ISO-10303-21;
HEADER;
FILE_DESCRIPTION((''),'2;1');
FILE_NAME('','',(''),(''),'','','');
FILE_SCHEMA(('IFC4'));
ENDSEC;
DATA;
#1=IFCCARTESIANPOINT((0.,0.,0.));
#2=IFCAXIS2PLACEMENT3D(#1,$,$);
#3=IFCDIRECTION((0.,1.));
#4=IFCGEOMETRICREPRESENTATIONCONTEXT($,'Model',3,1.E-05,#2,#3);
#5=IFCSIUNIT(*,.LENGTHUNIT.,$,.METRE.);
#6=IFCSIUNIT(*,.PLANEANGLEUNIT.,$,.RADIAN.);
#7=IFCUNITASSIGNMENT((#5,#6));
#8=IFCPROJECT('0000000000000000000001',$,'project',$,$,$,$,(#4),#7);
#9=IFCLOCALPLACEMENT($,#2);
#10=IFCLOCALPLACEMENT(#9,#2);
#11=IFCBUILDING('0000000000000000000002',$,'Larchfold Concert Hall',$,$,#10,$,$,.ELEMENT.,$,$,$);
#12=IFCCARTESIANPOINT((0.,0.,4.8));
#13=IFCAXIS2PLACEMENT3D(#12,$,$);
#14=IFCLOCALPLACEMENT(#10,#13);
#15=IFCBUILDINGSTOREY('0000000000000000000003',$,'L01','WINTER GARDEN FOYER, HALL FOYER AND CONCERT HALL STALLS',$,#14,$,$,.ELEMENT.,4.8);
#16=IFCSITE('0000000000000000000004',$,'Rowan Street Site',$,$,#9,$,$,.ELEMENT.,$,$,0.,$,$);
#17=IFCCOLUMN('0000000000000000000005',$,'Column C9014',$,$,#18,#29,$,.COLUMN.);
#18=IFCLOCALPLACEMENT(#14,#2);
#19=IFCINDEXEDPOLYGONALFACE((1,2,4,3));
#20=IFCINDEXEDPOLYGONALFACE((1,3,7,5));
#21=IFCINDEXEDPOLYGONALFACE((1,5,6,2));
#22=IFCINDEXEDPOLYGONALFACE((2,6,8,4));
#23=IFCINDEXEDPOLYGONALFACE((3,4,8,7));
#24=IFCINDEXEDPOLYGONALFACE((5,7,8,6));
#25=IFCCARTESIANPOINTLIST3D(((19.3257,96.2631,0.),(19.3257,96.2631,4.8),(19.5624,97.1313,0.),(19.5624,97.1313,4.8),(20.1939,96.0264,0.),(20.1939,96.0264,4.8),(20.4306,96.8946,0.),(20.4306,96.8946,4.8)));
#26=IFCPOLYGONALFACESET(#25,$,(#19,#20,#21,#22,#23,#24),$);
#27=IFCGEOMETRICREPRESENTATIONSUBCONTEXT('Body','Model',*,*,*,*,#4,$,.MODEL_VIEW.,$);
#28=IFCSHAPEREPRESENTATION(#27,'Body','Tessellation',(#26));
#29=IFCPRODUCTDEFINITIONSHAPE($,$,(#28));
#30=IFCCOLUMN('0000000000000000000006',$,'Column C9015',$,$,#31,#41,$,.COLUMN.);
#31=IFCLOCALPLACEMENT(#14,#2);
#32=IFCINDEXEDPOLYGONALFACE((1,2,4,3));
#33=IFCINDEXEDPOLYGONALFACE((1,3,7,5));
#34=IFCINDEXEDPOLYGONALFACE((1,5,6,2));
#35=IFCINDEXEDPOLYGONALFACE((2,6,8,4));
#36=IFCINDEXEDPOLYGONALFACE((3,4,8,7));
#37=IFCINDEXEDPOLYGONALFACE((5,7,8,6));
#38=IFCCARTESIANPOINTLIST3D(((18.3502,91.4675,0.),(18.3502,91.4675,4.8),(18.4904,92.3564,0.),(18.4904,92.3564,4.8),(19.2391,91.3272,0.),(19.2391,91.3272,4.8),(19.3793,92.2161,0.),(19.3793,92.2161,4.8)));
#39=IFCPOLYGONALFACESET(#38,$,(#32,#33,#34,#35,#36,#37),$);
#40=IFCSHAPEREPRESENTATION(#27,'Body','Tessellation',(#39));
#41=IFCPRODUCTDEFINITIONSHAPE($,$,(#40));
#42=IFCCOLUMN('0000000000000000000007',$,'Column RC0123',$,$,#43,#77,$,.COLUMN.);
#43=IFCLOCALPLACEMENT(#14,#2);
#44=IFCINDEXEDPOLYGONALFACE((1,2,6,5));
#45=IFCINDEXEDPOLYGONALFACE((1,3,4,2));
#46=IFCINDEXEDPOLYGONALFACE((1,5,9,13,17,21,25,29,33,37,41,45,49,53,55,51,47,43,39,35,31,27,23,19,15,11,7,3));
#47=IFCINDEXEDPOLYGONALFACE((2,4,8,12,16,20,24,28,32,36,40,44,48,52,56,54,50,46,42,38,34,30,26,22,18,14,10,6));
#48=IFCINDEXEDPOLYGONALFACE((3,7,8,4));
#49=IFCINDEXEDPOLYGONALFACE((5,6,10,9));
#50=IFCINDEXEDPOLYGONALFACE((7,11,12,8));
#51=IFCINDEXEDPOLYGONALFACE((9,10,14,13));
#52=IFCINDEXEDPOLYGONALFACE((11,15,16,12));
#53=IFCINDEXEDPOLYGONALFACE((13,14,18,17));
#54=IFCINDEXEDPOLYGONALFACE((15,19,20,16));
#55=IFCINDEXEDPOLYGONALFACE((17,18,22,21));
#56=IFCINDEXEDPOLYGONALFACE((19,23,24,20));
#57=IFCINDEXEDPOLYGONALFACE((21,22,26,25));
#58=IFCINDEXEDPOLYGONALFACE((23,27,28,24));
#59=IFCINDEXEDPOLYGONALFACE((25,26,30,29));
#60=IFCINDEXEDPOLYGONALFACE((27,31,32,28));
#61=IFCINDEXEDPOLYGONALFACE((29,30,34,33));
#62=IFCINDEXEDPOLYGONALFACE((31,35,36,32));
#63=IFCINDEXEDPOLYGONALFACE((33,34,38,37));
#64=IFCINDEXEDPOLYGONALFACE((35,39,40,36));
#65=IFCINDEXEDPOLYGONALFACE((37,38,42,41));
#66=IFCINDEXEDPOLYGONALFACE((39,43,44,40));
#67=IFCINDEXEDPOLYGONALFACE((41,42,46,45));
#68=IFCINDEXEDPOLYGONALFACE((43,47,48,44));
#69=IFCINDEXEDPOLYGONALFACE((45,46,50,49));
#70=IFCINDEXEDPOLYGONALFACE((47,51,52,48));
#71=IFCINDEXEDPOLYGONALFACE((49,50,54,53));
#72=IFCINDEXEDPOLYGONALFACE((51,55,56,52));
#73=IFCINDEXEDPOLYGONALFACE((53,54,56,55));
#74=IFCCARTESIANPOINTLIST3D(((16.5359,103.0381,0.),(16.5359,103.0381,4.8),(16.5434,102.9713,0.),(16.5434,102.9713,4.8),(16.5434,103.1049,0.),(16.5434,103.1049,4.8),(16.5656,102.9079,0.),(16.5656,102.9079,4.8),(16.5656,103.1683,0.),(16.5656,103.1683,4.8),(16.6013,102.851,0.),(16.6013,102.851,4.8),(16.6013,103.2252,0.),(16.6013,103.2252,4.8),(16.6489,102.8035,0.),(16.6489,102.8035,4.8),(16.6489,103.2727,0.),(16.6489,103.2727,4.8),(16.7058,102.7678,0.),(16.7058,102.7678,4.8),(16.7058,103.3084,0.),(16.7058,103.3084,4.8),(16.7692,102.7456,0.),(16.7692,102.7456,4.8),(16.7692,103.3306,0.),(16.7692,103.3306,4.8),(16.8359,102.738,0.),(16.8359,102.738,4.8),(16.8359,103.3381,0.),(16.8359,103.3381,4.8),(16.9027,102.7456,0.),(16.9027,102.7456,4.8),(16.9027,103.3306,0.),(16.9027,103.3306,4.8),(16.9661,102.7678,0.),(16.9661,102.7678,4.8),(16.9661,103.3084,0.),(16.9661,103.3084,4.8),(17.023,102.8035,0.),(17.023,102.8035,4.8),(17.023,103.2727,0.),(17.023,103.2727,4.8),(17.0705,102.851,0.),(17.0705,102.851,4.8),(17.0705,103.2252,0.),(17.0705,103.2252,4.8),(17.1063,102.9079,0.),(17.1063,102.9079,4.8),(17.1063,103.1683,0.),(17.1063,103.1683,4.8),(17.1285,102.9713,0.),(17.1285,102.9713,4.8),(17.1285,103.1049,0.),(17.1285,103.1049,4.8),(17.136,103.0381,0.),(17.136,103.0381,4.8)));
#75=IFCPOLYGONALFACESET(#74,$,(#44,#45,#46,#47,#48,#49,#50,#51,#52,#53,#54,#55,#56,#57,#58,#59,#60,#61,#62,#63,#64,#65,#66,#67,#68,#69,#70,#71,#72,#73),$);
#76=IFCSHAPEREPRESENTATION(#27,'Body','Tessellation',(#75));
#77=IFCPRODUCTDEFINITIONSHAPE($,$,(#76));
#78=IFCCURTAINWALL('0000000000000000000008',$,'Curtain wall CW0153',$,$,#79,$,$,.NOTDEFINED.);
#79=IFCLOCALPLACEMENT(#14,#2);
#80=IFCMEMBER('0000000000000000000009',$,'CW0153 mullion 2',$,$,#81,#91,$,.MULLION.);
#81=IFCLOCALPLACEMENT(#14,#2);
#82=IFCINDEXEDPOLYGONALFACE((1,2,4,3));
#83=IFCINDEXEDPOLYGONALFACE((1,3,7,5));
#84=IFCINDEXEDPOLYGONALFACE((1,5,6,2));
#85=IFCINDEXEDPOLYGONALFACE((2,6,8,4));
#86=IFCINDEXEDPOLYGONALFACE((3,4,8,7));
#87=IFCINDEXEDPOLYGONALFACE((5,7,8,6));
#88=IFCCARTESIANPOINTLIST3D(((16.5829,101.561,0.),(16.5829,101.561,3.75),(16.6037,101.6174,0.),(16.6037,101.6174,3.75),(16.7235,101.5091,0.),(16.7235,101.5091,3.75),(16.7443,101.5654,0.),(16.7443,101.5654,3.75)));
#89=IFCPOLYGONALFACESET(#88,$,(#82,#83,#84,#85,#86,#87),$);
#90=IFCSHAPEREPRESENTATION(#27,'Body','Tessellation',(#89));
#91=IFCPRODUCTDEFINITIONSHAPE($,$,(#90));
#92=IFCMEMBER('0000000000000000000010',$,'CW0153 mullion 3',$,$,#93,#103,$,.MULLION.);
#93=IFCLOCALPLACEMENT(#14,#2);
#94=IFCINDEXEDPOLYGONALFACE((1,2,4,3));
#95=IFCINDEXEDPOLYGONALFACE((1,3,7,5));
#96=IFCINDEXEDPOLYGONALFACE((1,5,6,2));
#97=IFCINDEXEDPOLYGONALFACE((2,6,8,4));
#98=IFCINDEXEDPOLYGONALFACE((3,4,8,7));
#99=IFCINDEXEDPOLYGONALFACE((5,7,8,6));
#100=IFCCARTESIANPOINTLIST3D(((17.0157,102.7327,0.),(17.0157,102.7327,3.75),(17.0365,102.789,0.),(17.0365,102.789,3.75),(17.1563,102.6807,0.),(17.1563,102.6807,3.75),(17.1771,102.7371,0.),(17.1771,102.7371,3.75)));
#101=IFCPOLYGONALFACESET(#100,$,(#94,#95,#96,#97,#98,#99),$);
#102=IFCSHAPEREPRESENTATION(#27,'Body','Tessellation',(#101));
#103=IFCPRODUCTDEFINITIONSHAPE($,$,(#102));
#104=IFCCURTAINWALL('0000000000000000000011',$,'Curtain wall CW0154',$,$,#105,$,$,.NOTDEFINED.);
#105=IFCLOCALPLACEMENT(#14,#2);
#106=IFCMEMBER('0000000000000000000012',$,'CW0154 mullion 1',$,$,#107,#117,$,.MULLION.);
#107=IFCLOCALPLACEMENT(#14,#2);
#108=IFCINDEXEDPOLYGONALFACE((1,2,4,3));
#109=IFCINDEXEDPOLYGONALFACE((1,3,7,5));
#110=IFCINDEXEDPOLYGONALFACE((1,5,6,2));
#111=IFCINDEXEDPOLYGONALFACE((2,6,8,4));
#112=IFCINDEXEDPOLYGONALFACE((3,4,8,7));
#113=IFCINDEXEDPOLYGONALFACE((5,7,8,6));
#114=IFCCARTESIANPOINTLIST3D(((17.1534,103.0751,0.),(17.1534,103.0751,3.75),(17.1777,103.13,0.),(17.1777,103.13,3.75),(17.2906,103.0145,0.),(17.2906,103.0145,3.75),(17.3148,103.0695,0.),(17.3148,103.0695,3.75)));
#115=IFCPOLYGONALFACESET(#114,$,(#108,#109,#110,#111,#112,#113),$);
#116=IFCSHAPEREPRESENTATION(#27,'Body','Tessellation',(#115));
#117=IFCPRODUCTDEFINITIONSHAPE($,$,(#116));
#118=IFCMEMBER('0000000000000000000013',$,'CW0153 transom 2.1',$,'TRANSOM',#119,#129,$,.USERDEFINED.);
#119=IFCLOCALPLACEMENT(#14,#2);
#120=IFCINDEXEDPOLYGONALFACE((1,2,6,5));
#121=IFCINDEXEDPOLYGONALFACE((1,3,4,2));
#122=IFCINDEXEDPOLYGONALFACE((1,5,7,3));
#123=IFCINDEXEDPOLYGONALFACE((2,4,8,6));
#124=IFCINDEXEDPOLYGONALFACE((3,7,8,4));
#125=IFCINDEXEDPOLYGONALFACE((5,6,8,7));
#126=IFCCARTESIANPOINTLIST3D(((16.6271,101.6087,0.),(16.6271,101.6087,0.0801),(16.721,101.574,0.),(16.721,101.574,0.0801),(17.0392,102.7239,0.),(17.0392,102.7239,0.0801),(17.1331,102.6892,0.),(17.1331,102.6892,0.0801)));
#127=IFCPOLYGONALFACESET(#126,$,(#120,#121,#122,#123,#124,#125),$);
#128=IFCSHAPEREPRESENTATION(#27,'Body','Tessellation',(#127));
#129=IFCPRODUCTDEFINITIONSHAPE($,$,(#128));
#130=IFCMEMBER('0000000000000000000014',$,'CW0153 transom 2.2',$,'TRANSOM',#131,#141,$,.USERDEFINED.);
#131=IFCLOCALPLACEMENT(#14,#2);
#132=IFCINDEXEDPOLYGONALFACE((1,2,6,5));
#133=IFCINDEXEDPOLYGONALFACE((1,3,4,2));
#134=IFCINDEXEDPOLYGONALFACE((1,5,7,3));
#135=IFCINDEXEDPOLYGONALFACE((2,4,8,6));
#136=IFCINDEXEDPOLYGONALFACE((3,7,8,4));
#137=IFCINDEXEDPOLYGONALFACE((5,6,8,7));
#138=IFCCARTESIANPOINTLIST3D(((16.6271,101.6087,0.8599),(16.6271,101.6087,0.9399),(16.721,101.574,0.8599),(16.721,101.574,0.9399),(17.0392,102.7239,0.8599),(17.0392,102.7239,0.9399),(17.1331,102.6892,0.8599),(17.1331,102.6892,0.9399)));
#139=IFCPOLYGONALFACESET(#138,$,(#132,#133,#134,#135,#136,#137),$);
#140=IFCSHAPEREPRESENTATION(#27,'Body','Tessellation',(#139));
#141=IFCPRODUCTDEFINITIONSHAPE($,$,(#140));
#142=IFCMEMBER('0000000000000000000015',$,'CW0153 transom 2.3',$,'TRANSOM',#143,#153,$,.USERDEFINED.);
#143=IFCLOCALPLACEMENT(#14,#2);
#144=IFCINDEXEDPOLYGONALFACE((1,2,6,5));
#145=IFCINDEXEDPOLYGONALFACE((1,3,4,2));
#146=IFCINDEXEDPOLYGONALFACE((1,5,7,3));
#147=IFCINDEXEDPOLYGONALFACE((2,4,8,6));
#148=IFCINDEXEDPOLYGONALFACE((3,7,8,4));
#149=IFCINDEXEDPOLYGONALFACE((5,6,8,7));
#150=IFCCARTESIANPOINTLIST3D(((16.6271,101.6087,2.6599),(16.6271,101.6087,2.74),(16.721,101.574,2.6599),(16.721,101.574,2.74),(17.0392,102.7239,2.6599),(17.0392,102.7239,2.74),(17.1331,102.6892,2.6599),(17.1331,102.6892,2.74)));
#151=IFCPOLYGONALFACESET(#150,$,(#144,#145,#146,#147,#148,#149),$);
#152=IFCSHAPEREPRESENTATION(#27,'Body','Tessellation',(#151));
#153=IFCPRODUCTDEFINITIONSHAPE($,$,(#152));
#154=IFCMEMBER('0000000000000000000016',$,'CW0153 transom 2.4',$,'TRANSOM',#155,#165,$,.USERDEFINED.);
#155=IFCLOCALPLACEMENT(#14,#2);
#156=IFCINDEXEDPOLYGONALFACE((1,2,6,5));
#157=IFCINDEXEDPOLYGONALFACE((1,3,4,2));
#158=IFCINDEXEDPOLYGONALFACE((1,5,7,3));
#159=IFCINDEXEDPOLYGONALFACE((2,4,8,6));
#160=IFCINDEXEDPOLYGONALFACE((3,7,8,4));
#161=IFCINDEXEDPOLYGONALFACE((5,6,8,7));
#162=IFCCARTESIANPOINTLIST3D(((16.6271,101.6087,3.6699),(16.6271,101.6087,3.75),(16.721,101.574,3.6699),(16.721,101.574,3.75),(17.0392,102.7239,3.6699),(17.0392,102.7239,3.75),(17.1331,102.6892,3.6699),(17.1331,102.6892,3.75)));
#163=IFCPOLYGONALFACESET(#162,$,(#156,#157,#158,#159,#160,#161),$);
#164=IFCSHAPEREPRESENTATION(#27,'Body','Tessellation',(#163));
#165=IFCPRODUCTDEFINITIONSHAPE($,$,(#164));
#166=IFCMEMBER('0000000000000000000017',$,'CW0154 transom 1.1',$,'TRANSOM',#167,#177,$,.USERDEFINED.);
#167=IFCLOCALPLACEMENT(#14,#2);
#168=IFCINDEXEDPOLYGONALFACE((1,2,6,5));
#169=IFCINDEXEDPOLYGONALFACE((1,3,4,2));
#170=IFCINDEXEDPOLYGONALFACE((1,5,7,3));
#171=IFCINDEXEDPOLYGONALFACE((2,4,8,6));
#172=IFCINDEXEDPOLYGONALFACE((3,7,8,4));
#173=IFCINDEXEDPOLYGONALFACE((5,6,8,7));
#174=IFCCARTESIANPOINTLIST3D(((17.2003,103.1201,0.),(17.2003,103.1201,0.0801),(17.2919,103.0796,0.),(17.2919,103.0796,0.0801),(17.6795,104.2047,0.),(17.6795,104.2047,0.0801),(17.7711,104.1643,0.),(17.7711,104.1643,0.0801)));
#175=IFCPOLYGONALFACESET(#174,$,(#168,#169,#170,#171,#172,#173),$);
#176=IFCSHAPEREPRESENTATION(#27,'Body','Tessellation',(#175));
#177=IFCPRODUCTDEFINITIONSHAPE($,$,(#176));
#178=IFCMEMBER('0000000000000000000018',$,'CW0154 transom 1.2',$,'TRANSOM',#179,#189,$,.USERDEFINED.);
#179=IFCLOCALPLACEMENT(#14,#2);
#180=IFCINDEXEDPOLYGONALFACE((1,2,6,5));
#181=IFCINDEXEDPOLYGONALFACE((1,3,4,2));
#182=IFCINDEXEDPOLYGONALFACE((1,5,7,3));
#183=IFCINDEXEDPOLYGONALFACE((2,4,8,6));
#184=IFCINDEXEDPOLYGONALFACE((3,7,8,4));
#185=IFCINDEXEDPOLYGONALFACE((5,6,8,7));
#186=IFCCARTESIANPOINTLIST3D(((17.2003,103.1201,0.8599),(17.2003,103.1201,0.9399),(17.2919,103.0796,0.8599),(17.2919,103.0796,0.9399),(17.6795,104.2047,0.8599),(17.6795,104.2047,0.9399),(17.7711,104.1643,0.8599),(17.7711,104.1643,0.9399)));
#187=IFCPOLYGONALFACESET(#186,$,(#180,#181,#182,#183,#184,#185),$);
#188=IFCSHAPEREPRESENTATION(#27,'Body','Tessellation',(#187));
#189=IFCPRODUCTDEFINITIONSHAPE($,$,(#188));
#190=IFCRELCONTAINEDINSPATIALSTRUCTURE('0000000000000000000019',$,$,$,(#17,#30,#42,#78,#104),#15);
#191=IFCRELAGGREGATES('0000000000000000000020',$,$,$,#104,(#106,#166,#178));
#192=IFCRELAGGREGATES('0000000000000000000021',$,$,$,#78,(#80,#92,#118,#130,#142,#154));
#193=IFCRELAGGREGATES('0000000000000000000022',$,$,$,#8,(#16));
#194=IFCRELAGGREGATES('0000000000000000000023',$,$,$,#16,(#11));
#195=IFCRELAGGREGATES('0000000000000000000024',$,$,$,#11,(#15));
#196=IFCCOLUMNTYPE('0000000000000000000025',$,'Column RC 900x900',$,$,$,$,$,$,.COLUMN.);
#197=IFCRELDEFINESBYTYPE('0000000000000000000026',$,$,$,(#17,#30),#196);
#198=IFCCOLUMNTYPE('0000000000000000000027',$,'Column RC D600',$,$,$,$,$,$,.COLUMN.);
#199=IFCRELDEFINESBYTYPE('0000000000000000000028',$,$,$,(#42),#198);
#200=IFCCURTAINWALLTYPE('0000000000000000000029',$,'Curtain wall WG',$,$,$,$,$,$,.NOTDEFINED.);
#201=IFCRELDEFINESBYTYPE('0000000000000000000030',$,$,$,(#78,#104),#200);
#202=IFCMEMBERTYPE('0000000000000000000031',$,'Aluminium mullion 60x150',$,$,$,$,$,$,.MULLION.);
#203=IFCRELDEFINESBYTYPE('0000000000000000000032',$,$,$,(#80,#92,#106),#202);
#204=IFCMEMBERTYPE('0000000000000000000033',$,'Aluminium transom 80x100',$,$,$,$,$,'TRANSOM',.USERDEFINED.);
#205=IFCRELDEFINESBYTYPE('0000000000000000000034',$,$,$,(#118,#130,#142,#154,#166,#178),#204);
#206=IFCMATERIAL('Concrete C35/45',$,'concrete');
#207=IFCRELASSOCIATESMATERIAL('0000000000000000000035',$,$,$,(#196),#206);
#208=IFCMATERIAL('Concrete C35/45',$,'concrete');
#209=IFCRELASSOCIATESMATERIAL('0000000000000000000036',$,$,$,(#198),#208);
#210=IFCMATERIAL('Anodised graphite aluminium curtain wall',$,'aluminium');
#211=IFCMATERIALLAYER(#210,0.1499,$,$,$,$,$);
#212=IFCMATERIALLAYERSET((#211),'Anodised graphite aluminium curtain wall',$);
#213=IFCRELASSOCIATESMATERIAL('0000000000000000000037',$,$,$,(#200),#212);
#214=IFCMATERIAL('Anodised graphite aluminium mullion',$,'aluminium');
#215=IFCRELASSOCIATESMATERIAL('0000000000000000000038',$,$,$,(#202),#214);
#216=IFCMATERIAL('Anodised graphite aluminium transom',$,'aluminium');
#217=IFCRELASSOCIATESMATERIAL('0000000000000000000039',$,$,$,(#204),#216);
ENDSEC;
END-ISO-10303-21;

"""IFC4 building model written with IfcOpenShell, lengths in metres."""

from ifc_helpers import new_model, si_unit, direction, frame, origin, origin_2d, place, context, subcontext, project, spatial, rectangle, circle, extrude, material, layer, layer_set, material_profile, profile_set, type_object, element, aggregate, save


model = new_model("IFC4")

# Units and contexts
model_context = context("Model", 3, precision=1e-05, world=origin(), true_north=direction((0.0, 1.0)))
body_context = subcontext(model_context, "Body", "Model", "MODEL_VIEW")
ifc_project = project(units=[si_unit("LENGTHUNIT", "METRE"), si_unit("PLANEANGLEUNIT", "RADIAN")], contexts=[model_context])

# Site, building, storey
site_placement = place(None, origin())
site = spatial("IfcSite", under=ifc_project, at=site_placement, Name="Rowan Street Site", CompositionType="ELEMENT", RefElevation=0.0)
building_placement = place(site_placement, origin())
building = spatial("IfcBuilding", under=site, at=building_placement, Name="Larchfold Concert Hall", CompositionType="ELEMENT")
storey_placement = place(building_placement, frame((0.0, 0.0, 4.8)))
storey = spatial("IfcBuildingStorey", under=building, at=storey_placement, Name="L01", Description="WINTER GARDEN FOYER, HALL FOYER AND CONCERT HALL STALLS", CompositionType="ELEMENT", Elevation=4.8)

# Columns
ifc_material_1 = material(Name="Concrete C35/45", Category="concrete")
ifc_material_profile_1 = material_profile(ifc_material_1, rectangle(XDim=0.8999, YDim=0.8999, at=origin_2d()))
ifc_profile_set_1 = profile_set([ifc_material_profile_1], Name="Concrete C35/45")
column_type_1 = type_object("IfcColumnType", Name="Column RC 900x900", PredefinedType="COLUMN", material=ifc_profile_set_1)
for number, where, z_axis, x_axis, name in (
    (1, (19.8782, 96.5789, 0.0), (0.0, 0.0, 1.0), (0.263031, 0.964788, 0.0), "Column C9014"),
    (2, (18.8647, 91.8418, 0.0), (0.0, 0.0, 1.0), (0.155868, 0.987778, 0.0), "Column C9015"),
):
    element("IfcColumn", number, at=place(storey_placement, frame(where, z_axis=z_axis, x_axis=x_axis)), inside=storey, type_object=column_type_1, Name=name, PredefinedType="COLUMN", context=body_context, shape_type="SweptSolid", body=[
        extrude(rectangle(XDim=0.8999, YDim=0.8999, at=origin_2d()), origin(), (0.0, 0.0, 1.0), 4.8),
    ])
ifc_material_2 = material(Name="Concrete C35/45", Category="concrete")
ifc_material_profile_2 = material_profile(ifc_material_2, circle(Radius=0.3, at=origin_2d()))
ifc_profile_set_2 = profile_set([ifc_material_profile_2], Name="Concrete C35/45")
column_type_2 = type_object("IfcColumnType", Name="Column RC D600", PredefinedType="COLUMN", material=ifc_profile_set_2)
column_placement = place(storey_placement, frame((16.8359, 103.0381, 0.0), z_axis=(0.0, 0.0, 1.0), x_axis=(1.0, 0.0, 0.0)))
element("IfcColumn", 3, at=column_placement, inside=storey, type_object=column_type_2, Name="Column RC0123", PredefinedType="COLUMN", context=body_context, shape_type="SweptSolid", body=[
    extrude(circle(Radius=0.3, at=origin_2d()), origin(), (0.0, 0.0, 1.0), 4.8),
])

# Curtain wall, members
ifc_material_3 = material(Name="Anodised graphite aluminium curtain wall", Category="aluminium")
ifc_layer_1 = layer(ifc_material_3, 0.1499)
ifc_layer_set_1 = layer_set([ifc_layer_1], Name="Anodised graphite aluminium curtain wall")
curtain_wall_type = type_object("IfcCurtainWallType", Name="Curtain wall WG", PredefinedType="NOTDEFINED", material=ifc_layer_set_1)
curtain_wall_1_placement = place(storey_placement, origin())
curtain_wall_1 = element("IfcCurtainWall", 4, at=curtain_wall_1_placement, inside=storey, type_object=curtain_wall_type, Name="Curtain wall CW0153", PredefinedType="NOTDEFINED")
ifc_material_4 = material(Name="Anodised graphite aluminium mullion", Category="aluminium")
ifc_material_profile_3 = material_profile(ifc_material_4, rectangle(XDim=0.1499, YDim=0.0601, at=origin_2d()))
ifc_profile_set_3 = profile_set([ifc_material_profile_3], Name="Anodised graphite aluminium mullion")
member_type_1 = type_object("IfcMemberType", Name="Aluminium mullion 60x150", PredefinedType="MULLION", material=ifc_profile_set_3)
member_1_placement = place(storey_placement, frame((16.6636, 101.5632, 0.0), z_axis=(0.0, 0.0, 1.0), x_axis=(-0.938009, 0.346612, 0.0)))
member_1 = element("IfcMember", 5, at=member_1_placement, type_object=member_type_1, Name="CW0153 mullion 2", PredefinedType="MULLION", context=body_context, shape_type="SweptSolid", body=[
    extrude(rectangle(XDim=0.1499, YDim=0.0601, at=origin_2d()), origin(), (0.0, 0.0, 1.0), 3.75),
])
member_2_placement = place(storey_placement, frame((17.0964, 102.7349, 0.0), z_axis=(0.0, 0.0, 1.0), x_axis=(-0.938009, 0.346612, 0.0)))
member_2 = element("IfcMember", 6, at=member_2_placement, type_object=member_type_1, Name="CW0153 mullion 3", PredefinedType="MULLION", context=body_context, shape_type="SweptSolid", body=[
    extrude(rectangle(XDim=0.1499, YDim=0.0601, at=origin_2d()), origin(), (0.0, 0.0, 1.0), 3.75),
])

# Curtain wall, member
curtain_wall_2_placement = place(storey_placement, origin())
curtain_wall_2 = element("IfcCurtainWall", 7, at=curtain_wall_2_placement, inside=storey, type_object=curtain_wall_type, Name="Curtain wall CW0154", PredefinedType="NOTDEFINED")
member_3_placement = place(storey_placement, frame((17.2341, 103.0723, 0.0), z_axis=(0.0, 0.0, 1.0), x_axis=(-0.914744, 0.404034, 0.0)))
member_3 = element("IfcMember", 8, at=member_3_placement, type_object=member_type_1, Name="CW0154 mullion 1", PredefinedType="MULLION", context=body_context, shape_type="SweptSolid", body=[
    extrude(rectangle(XDim=0.1499, YDim=0.0601, at=origin_2d()), origin(), (0.0, 0.0, 1.0), 3.75),
])

# Members
ifc_material_5 = material(Name="Anodised graphite aluminium transom", Category="aluminium")
ifc_material_profile_4 = material_profile(ifc_material_5, rectangle(XDim=0.1001, YDim=0.0801, at=origin_2d()))
ifc_profile_set_4 = profile_set([ifc_material_profile_4], Name="Anodised graphite aluminium transom")
member_type_2 = type_object("IfcMemberType", Name="Aluminium transom 80x100", ElementType="TRANSOM", PredefinedType="USERDEFINED", material=ifc_profile_set_4)
member_4_placement = place(storey_placement, frame((16.6741, 101.5913, 0.04), z_axis=(0.346619, 0.938006, 0.0), x_axis=(-0.938006, 0.346619, 0.0)))
member_4 = element("IfcMember", 9, at=member_4_placement, type_object=member_type_2, Name="CW0153 transom 2.1", ObjectType="TRANSOM", PredefinedType="USERDEFINED", context=body_context, shape_type="SweptSolid", body=[
    extrude(rectangle(XDim=0.1001, YDim=0.0801, at=origin_2d()), origin(), (0.0, 0.0, 1.0), 1.189),
])
member_5_placement = place(storey_placement, frame((16.6741, 101.5913, 0.8999), z_axis=(0.346619, 0.938006, 0.0), x_axis=(-0.938006, 0.346619, 0.0)))
member_5 = element("IfcMember", 10, at=member_5_placement, type_object=member_type_2, Name="CW0153 transom 2.2", ObjectType="TRANSOM", PredefinedType="USERDEFINED", context=body_context, shape_type="SweptSolid", body=[
    extrude(rectangle(XDim=0.1001, YDim=0.0801, at=origin_2d()), origin(), (0.0, 0.0, 1.0), 1.189),
])
member_6_placement = place(storey_placement, frame((16.6741, 101.5913, 2.7), z_axis=(0.346619, 0.938006, 0.0), x_axis=(-0.938006, 0.346619, 0.0)))
member_6 = element("IfcMember", 11, at=member_6_placement, type_object=member_type_2, Name="CW0153 transom 2.3", ObjectType="TRANSOM", PredefinedType="USERDEFINED", context=body_context, shape_type="SweptSolid", body=[
    extrude(rectangle(XDim=0.1001, YDim=0.0801, at=origin_2d()), origin(), (0.0, 0.0, 1.0), 1.189),
])
member_7_placement = place(storey_placement, frame((16.6741, 101.5913, 3.71), z_axis=(0.346619, 0.938006, 0.0), x_axis=(-0.938006, 0.346619, 0.0)))
member_7 = element("IfcMember", 12, at=member_7_placement, type_object=member_type_2, Name="CW0153 transom 2.4", ObjectType="TRANSOM", PredefinedType="USERDEFINED", context=body_context, shape_type="SweptSolid", body=[
    extrude(rectangle(XDim=0.1001, YDim=0.0801, at=origin_2d()), origin(), (0.0, 0.0, 1.0), 1.189),
])
member_8_placement = place(storey_placement, frame((17.2461, 103.0999, 0.04), z_axis=(0.404132, 0.914701, 0.0), x_axis=(-0.914701, 0.404132, 0.0)))
member_8 = element("IfcMember", 13, at=member_8_placement, type_object=member_type_2, Name="CW0154 transom 1.1", ObjectType="TRANSOM", PredefinedType="USERDEFINED", context=body_context, shape_type="SweptSolid", body=[
    extrude(rectangle(XDim=0.1001, YDim=0.0801, at=origin_2d()), origin(), (0.0, 0.0, 1.0), 1.1858),
])
member_9_placement = place(storey_placement, frame((17.2461, 103.0999, 0.8999), z_axis=(0.404132, 0.914701, 0.0), x_axis=(-0.914701, 0.404132, 0.0)))
member_9 = element("IfcMember", 14, at=member_9_placement, type_object=member_type_2, Name="CW0154 transom 1.2", ObjectType="TRANSOM", PredefinedType="USERDEFINED", context=body_context, shape_type="SweptSolid", body=[
    extrude(rectangle(XDim=0.1001, YDim=0.0801, at=origin_2d()), origin(), (0.0, 0.0, 1.0), 1.1858),
])
aggregate(curtain_wall_2, [member_3, member_8, member_9])

aggregate(curtain_wall_1, [member_1, member_2, member_4, member_5, member_6, member_7])

save(model, "model.ifc")
